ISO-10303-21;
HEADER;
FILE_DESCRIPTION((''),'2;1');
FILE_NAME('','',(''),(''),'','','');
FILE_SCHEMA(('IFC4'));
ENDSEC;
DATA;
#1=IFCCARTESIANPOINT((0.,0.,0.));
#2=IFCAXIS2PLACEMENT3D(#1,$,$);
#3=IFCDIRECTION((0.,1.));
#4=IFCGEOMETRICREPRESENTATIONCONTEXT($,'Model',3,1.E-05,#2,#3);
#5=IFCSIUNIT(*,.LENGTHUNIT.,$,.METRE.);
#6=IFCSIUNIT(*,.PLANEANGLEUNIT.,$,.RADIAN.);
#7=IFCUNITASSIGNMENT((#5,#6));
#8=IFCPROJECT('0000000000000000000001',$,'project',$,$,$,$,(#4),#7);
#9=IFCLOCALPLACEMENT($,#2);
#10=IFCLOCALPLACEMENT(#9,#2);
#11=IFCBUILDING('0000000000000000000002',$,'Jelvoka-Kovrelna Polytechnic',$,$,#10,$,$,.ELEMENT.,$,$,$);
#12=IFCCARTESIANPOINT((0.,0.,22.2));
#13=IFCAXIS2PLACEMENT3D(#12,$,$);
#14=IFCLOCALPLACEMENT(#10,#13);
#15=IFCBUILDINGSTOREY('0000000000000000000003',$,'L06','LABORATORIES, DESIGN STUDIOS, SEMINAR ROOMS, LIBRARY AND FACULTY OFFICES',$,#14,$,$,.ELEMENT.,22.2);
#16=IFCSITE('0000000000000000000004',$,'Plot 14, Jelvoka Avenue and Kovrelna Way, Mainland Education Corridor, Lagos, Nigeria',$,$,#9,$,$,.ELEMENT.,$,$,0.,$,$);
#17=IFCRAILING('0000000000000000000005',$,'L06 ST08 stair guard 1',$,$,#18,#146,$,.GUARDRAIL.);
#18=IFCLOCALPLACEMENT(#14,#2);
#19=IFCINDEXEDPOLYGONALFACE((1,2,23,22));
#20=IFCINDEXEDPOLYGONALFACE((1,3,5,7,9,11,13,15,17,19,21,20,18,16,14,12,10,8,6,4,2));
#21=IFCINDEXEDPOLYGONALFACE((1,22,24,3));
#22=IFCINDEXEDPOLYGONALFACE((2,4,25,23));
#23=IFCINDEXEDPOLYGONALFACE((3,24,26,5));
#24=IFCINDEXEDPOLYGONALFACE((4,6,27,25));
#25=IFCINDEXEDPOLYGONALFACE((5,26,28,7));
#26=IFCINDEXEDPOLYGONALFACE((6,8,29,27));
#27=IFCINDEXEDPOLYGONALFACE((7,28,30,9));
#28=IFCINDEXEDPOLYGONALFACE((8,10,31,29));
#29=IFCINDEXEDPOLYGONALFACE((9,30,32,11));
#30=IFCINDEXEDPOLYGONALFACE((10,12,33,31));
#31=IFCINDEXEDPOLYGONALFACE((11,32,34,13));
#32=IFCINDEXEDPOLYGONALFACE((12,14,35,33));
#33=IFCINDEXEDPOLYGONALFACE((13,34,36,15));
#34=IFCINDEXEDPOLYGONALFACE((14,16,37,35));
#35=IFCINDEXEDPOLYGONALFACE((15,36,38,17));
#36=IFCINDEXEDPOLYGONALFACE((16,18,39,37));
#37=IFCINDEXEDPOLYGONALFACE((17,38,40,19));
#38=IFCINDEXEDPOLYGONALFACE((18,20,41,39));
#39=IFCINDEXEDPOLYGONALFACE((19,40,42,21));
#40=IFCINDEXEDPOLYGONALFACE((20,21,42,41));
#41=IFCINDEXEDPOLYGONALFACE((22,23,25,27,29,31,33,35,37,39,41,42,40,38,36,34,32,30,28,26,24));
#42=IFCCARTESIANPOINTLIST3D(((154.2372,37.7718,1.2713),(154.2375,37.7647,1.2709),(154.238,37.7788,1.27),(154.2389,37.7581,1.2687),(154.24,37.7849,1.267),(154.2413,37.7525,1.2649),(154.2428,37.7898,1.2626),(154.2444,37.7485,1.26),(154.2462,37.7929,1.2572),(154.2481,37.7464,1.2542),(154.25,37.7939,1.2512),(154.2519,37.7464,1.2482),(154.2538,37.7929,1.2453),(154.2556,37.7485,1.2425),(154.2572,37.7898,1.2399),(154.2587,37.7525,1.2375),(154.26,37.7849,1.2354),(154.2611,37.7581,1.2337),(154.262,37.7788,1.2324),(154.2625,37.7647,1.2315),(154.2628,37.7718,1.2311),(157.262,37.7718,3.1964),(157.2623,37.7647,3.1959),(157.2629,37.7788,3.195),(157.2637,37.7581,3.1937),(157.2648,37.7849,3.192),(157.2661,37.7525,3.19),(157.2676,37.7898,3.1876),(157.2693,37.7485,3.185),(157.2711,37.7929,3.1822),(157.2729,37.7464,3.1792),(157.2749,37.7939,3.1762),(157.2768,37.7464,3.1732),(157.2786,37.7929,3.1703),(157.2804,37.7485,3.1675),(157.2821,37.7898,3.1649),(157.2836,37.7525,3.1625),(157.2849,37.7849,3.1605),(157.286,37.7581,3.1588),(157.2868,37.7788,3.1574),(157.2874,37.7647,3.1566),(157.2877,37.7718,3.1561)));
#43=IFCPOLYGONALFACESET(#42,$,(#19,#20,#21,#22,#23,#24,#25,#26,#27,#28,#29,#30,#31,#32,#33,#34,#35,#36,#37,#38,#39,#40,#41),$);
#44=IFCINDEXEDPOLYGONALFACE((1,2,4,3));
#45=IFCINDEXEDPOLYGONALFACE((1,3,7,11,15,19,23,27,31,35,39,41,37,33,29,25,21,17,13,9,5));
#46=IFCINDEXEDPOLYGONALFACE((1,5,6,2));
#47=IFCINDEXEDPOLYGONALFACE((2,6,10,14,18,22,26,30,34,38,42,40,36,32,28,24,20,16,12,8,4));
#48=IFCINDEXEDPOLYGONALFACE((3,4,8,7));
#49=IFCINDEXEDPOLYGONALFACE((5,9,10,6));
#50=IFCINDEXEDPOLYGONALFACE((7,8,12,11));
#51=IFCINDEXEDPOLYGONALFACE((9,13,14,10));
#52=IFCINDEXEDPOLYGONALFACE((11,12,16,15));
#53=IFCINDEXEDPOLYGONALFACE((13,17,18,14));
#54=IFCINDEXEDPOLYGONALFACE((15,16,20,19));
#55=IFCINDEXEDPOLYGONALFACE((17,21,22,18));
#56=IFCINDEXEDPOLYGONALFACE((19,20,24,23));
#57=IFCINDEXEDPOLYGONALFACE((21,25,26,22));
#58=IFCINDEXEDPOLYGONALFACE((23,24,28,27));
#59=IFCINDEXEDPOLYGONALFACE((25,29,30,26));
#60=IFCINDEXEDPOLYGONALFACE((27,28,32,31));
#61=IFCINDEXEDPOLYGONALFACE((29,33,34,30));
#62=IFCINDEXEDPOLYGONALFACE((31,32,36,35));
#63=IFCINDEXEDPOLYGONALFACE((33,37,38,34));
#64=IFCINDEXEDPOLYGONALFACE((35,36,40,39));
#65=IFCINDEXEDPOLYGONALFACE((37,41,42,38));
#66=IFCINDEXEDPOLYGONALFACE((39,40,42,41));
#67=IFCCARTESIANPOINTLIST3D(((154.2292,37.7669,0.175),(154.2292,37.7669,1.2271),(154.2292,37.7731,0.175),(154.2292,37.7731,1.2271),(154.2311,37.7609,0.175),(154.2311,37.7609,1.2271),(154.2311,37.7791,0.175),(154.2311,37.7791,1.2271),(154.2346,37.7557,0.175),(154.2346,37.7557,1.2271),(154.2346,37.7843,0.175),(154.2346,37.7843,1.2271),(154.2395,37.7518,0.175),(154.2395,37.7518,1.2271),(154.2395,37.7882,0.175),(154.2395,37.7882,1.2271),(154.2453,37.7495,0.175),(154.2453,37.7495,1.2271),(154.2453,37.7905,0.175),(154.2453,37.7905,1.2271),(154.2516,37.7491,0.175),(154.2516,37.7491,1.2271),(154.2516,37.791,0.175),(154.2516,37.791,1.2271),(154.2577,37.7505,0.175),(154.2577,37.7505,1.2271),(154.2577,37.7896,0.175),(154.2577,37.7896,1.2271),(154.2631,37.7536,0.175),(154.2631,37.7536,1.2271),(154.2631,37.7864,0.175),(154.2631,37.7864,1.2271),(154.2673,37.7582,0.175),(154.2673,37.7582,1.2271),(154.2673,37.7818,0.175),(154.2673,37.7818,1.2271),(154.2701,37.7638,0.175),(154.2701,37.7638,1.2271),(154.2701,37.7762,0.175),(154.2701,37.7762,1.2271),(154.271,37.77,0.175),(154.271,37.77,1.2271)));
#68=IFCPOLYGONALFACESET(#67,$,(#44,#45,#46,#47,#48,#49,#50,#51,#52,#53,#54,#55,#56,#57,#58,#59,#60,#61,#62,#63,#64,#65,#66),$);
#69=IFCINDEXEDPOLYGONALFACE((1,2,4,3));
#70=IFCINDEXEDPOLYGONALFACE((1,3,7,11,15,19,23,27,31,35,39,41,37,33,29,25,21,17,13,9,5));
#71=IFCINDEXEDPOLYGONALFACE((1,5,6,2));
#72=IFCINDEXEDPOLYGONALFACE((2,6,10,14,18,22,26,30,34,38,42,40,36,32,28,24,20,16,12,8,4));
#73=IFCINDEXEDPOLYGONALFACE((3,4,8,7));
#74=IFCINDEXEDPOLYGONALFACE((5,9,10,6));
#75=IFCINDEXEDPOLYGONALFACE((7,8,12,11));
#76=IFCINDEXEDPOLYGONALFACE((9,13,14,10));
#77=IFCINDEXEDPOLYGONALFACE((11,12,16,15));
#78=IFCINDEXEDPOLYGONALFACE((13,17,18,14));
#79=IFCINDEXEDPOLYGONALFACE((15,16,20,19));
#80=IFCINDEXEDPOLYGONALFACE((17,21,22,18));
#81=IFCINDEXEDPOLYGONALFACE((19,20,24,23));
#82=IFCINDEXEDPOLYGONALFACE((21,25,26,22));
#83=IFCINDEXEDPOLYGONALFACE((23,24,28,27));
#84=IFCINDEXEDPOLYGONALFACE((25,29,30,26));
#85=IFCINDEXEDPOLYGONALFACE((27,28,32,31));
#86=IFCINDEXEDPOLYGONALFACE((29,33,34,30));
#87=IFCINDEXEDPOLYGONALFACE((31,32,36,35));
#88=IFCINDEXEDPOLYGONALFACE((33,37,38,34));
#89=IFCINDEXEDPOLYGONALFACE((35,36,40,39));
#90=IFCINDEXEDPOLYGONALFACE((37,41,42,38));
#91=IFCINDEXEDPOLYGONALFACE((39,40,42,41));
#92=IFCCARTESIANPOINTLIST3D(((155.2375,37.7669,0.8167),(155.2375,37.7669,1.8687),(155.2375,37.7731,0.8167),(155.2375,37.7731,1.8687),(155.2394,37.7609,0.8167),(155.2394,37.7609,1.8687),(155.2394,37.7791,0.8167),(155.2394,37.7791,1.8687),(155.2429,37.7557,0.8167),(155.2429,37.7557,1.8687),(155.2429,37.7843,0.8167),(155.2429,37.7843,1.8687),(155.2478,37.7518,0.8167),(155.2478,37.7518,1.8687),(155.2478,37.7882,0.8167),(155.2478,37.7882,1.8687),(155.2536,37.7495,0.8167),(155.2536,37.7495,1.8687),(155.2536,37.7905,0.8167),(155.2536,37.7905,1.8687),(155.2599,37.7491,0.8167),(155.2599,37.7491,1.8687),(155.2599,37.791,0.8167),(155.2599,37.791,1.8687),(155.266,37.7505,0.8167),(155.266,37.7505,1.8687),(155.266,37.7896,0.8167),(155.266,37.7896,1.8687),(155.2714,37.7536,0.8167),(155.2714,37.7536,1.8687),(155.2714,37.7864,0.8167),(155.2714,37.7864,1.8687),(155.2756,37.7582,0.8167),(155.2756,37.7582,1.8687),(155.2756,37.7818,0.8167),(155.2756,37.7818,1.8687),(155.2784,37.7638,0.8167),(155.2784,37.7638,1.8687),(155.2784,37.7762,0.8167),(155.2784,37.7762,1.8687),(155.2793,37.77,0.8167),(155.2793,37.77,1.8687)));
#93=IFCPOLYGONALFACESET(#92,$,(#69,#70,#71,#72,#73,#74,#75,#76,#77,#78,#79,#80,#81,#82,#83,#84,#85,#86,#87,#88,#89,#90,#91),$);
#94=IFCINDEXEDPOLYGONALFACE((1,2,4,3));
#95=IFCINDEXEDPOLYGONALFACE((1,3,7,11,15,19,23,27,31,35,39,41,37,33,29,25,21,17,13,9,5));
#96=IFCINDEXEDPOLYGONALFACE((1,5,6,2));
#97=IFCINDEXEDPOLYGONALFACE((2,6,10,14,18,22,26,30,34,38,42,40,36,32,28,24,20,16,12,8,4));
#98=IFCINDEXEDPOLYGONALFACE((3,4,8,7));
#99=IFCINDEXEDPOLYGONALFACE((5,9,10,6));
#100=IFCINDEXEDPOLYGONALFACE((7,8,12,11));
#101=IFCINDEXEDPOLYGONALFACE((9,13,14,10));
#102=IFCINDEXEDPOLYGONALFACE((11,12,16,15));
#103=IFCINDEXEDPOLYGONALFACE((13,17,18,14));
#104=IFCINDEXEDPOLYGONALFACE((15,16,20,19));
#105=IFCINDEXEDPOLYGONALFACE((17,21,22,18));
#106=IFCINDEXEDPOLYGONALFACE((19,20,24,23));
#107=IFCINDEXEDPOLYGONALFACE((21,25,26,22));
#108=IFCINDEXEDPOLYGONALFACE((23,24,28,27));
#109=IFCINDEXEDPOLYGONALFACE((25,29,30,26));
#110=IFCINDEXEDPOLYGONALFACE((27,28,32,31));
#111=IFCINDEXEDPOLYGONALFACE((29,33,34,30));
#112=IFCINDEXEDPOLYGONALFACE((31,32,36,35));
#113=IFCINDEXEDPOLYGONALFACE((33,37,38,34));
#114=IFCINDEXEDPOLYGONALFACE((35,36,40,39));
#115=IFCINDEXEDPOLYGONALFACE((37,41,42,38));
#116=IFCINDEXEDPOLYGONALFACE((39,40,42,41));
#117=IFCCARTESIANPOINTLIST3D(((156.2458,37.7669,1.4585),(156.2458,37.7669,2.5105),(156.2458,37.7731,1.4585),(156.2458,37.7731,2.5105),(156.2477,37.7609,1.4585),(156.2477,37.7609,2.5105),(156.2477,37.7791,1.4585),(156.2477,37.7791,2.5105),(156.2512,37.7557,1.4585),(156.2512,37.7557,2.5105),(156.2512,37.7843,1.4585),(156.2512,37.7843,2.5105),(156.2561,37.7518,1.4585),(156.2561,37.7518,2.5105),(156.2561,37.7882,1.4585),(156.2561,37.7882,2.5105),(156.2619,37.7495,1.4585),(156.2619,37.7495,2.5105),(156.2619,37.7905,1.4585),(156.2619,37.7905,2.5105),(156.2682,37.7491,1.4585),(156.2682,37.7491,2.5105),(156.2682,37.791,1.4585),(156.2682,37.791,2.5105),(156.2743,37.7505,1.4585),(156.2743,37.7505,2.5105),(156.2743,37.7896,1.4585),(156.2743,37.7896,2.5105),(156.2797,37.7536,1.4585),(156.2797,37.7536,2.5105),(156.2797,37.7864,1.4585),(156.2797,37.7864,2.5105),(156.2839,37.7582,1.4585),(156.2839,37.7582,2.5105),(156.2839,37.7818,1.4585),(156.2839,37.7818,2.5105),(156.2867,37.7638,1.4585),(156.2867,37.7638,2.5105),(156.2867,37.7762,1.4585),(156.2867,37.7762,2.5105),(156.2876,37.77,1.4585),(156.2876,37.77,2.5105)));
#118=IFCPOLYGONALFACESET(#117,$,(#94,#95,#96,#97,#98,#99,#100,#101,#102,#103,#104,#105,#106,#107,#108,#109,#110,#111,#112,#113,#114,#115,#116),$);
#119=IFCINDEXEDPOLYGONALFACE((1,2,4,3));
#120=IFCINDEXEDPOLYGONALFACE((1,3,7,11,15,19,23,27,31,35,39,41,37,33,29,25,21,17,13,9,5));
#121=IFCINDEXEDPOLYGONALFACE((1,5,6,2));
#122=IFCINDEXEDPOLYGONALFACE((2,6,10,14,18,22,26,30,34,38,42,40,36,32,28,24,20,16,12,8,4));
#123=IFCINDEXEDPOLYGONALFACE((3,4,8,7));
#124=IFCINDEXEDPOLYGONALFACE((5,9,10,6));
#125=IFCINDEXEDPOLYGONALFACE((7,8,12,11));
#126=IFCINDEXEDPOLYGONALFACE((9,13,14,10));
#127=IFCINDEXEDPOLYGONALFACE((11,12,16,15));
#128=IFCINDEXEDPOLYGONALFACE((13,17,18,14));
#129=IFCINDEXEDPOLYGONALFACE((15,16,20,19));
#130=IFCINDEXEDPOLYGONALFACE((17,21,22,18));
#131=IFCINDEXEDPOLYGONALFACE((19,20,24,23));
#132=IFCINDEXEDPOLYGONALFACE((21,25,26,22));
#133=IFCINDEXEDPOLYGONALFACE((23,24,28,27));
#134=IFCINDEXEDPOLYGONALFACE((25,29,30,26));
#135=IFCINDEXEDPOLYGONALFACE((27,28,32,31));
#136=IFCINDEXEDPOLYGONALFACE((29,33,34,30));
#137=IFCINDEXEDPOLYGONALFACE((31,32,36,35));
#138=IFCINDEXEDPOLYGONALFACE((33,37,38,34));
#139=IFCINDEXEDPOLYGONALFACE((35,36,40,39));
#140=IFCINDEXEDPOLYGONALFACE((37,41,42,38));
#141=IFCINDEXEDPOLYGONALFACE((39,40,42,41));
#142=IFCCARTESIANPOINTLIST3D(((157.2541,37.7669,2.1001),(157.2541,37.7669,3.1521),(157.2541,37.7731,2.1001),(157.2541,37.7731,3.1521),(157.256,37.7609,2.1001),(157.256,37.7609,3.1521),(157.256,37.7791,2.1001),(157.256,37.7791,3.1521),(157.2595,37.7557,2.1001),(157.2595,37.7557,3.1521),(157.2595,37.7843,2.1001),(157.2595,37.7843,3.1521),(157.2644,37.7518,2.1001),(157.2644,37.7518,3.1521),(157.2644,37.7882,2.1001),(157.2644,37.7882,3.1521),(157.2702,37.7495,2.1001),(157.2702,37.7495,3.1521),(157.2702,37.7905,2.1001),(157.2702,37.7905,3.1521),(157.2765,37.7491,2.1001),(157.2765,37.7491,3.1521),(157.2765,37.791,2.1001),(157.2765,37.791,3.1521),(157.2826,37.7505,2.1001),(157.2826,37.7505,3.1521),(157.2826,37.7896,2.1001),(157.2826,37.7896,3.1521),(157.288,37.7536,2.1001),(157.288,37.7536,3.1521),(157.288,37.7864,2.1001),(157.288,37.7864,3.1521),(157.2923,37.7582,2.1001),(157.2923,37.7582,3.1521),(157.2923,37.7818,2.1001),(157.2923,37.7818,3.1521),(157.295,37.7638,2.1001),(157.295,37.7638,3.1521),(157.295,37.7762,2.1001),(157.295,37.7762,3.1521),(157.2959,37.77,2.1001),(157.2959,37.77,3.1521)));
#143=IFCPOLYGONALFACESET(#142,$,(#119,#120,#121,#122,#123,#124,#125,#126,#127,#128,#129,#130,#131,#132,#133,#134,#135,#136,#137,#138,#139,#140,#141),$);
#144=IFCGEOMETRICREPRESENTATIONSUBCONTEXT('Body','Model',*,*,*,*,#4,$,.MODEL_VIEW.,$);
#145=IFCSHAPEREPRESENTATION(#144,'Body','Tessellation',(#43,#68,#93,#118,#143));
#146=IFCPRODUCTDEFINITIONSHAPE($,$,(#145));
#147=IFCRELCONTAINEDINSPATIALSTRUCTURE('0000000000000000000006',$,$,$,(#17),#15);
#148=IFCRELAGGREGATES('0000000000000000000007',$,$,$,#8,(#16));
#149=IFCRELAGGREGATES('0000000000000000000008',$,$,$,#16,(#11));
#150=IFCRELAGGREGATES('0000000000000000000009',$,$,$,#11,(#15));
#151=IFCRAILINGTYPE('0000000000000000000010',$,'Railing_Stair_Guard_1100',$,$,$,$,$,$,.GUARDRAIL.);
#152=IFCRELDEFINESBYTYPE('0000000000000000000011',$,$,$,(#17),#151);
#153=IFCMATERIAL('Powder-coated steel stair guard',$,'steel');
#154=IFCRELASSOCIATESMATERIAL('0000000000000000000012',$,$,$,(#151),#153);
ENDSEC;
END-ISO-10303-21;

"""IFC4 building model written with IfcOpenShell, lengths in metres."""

from ifc_helpers import new_model, si_unit, direction, frame, origin, origin_2d, place, context, subcontext, project, spatial, circle, extrude, material, type_object, element, save


model = new_model("IFC4")

# Units and contexts
model_context = context("Model", 3, precision=1e-05, world=origin(), true_north=direction((0.0, 1.0)))
body_context = subcontext(model_context, "Body", "Model", "MODEL_VIEW")
ifc_project = project(units=[si_unit("LENGTHUNIT", "METRE"), si_unit("PLANEANGLEUNIT", "RADIAN")], contexts=[model_context])

# Site, building, storey
site_placement = place(None, origin())
site = spatial("IfcSite", under=ifc_project, at=site_placement, Name="Plot 14, Jelvoka Avenue and Kovrelna Way, Mainland Education Corridor, Lagos, Nigeria", CompositionType="ELEMENT", RefElevation=0.0)
building_placement = place(site_placement, origin())
building = spatial("IfcBuilding", under=site, at=building_placement, Name="Jelvoka-Kovrelna Polytechnic", CompositionType="ELEMENT")
storey_placement = place(building_placement, frame((0.0, 0.0, 22.2)))
storey = spatial("IfcBuildingStorey", under=building, at=storey_placement, Name="L06", Description="LABORATORIES, DESIGN STUDIOS, SEMINAR ROOMS, LIBRARY AND FACULTY OFFICES", CompositionType="ELEMENT", Elevation=22.2)

# Railing
ifc_material_1 = material(Name="Powder-coated steel stair guard", Category="steel")
railing_type_1 = type_object("IfcRailingType", Name="Railing_Stair_Guard_1100", PredefinedType="GUARDRAIL", material=ifc_material_1)
railing_1_placement = place(storey_placement, frame((154.25, 37.77, 0.175)))
element("IfcRailing", 1, at=railing_1_placement, inside=storey, type_object=railing_type_1, Name="L06 ST08 stair guard 1", PredefinedType="GUARDRAIL", context=body_context, shape_type="SweptSolid", body=[
    extrude(circle(Radius=0.0239, at=origin_2d()), frame((0.0, 0.0, 1.0762), z_axis=(0.843647, 0.0, 0.536898), x_axis=(0.0, 1.0, 0.0)), (0.0, 0.0, 1.0), 3.5854),
    extrude(circle(Radius=0.021, at=origin_2d()), origin(), (0.0, 0.0, 1.0), 1.052),
    extrude(circle(Radius=0.021, at=origin_2d()), frame((1.0083, 0.0, 0.6416)), (0.0, 0.0, 1.0), 1.052),
    extrude(circle(Radius=0.021, at=origin_2d()), frame((2.0166, 0.0, 1.2834)), (0.0, 0.0, 1.0), 1.052),
    extrude(circle(Radius=0.021, at=origin_2d()), frame((3.0249, 0.0, 1.925)), (0.0, 0.0, 1.0), 1.052),
])

save(model, "model.ifc")
